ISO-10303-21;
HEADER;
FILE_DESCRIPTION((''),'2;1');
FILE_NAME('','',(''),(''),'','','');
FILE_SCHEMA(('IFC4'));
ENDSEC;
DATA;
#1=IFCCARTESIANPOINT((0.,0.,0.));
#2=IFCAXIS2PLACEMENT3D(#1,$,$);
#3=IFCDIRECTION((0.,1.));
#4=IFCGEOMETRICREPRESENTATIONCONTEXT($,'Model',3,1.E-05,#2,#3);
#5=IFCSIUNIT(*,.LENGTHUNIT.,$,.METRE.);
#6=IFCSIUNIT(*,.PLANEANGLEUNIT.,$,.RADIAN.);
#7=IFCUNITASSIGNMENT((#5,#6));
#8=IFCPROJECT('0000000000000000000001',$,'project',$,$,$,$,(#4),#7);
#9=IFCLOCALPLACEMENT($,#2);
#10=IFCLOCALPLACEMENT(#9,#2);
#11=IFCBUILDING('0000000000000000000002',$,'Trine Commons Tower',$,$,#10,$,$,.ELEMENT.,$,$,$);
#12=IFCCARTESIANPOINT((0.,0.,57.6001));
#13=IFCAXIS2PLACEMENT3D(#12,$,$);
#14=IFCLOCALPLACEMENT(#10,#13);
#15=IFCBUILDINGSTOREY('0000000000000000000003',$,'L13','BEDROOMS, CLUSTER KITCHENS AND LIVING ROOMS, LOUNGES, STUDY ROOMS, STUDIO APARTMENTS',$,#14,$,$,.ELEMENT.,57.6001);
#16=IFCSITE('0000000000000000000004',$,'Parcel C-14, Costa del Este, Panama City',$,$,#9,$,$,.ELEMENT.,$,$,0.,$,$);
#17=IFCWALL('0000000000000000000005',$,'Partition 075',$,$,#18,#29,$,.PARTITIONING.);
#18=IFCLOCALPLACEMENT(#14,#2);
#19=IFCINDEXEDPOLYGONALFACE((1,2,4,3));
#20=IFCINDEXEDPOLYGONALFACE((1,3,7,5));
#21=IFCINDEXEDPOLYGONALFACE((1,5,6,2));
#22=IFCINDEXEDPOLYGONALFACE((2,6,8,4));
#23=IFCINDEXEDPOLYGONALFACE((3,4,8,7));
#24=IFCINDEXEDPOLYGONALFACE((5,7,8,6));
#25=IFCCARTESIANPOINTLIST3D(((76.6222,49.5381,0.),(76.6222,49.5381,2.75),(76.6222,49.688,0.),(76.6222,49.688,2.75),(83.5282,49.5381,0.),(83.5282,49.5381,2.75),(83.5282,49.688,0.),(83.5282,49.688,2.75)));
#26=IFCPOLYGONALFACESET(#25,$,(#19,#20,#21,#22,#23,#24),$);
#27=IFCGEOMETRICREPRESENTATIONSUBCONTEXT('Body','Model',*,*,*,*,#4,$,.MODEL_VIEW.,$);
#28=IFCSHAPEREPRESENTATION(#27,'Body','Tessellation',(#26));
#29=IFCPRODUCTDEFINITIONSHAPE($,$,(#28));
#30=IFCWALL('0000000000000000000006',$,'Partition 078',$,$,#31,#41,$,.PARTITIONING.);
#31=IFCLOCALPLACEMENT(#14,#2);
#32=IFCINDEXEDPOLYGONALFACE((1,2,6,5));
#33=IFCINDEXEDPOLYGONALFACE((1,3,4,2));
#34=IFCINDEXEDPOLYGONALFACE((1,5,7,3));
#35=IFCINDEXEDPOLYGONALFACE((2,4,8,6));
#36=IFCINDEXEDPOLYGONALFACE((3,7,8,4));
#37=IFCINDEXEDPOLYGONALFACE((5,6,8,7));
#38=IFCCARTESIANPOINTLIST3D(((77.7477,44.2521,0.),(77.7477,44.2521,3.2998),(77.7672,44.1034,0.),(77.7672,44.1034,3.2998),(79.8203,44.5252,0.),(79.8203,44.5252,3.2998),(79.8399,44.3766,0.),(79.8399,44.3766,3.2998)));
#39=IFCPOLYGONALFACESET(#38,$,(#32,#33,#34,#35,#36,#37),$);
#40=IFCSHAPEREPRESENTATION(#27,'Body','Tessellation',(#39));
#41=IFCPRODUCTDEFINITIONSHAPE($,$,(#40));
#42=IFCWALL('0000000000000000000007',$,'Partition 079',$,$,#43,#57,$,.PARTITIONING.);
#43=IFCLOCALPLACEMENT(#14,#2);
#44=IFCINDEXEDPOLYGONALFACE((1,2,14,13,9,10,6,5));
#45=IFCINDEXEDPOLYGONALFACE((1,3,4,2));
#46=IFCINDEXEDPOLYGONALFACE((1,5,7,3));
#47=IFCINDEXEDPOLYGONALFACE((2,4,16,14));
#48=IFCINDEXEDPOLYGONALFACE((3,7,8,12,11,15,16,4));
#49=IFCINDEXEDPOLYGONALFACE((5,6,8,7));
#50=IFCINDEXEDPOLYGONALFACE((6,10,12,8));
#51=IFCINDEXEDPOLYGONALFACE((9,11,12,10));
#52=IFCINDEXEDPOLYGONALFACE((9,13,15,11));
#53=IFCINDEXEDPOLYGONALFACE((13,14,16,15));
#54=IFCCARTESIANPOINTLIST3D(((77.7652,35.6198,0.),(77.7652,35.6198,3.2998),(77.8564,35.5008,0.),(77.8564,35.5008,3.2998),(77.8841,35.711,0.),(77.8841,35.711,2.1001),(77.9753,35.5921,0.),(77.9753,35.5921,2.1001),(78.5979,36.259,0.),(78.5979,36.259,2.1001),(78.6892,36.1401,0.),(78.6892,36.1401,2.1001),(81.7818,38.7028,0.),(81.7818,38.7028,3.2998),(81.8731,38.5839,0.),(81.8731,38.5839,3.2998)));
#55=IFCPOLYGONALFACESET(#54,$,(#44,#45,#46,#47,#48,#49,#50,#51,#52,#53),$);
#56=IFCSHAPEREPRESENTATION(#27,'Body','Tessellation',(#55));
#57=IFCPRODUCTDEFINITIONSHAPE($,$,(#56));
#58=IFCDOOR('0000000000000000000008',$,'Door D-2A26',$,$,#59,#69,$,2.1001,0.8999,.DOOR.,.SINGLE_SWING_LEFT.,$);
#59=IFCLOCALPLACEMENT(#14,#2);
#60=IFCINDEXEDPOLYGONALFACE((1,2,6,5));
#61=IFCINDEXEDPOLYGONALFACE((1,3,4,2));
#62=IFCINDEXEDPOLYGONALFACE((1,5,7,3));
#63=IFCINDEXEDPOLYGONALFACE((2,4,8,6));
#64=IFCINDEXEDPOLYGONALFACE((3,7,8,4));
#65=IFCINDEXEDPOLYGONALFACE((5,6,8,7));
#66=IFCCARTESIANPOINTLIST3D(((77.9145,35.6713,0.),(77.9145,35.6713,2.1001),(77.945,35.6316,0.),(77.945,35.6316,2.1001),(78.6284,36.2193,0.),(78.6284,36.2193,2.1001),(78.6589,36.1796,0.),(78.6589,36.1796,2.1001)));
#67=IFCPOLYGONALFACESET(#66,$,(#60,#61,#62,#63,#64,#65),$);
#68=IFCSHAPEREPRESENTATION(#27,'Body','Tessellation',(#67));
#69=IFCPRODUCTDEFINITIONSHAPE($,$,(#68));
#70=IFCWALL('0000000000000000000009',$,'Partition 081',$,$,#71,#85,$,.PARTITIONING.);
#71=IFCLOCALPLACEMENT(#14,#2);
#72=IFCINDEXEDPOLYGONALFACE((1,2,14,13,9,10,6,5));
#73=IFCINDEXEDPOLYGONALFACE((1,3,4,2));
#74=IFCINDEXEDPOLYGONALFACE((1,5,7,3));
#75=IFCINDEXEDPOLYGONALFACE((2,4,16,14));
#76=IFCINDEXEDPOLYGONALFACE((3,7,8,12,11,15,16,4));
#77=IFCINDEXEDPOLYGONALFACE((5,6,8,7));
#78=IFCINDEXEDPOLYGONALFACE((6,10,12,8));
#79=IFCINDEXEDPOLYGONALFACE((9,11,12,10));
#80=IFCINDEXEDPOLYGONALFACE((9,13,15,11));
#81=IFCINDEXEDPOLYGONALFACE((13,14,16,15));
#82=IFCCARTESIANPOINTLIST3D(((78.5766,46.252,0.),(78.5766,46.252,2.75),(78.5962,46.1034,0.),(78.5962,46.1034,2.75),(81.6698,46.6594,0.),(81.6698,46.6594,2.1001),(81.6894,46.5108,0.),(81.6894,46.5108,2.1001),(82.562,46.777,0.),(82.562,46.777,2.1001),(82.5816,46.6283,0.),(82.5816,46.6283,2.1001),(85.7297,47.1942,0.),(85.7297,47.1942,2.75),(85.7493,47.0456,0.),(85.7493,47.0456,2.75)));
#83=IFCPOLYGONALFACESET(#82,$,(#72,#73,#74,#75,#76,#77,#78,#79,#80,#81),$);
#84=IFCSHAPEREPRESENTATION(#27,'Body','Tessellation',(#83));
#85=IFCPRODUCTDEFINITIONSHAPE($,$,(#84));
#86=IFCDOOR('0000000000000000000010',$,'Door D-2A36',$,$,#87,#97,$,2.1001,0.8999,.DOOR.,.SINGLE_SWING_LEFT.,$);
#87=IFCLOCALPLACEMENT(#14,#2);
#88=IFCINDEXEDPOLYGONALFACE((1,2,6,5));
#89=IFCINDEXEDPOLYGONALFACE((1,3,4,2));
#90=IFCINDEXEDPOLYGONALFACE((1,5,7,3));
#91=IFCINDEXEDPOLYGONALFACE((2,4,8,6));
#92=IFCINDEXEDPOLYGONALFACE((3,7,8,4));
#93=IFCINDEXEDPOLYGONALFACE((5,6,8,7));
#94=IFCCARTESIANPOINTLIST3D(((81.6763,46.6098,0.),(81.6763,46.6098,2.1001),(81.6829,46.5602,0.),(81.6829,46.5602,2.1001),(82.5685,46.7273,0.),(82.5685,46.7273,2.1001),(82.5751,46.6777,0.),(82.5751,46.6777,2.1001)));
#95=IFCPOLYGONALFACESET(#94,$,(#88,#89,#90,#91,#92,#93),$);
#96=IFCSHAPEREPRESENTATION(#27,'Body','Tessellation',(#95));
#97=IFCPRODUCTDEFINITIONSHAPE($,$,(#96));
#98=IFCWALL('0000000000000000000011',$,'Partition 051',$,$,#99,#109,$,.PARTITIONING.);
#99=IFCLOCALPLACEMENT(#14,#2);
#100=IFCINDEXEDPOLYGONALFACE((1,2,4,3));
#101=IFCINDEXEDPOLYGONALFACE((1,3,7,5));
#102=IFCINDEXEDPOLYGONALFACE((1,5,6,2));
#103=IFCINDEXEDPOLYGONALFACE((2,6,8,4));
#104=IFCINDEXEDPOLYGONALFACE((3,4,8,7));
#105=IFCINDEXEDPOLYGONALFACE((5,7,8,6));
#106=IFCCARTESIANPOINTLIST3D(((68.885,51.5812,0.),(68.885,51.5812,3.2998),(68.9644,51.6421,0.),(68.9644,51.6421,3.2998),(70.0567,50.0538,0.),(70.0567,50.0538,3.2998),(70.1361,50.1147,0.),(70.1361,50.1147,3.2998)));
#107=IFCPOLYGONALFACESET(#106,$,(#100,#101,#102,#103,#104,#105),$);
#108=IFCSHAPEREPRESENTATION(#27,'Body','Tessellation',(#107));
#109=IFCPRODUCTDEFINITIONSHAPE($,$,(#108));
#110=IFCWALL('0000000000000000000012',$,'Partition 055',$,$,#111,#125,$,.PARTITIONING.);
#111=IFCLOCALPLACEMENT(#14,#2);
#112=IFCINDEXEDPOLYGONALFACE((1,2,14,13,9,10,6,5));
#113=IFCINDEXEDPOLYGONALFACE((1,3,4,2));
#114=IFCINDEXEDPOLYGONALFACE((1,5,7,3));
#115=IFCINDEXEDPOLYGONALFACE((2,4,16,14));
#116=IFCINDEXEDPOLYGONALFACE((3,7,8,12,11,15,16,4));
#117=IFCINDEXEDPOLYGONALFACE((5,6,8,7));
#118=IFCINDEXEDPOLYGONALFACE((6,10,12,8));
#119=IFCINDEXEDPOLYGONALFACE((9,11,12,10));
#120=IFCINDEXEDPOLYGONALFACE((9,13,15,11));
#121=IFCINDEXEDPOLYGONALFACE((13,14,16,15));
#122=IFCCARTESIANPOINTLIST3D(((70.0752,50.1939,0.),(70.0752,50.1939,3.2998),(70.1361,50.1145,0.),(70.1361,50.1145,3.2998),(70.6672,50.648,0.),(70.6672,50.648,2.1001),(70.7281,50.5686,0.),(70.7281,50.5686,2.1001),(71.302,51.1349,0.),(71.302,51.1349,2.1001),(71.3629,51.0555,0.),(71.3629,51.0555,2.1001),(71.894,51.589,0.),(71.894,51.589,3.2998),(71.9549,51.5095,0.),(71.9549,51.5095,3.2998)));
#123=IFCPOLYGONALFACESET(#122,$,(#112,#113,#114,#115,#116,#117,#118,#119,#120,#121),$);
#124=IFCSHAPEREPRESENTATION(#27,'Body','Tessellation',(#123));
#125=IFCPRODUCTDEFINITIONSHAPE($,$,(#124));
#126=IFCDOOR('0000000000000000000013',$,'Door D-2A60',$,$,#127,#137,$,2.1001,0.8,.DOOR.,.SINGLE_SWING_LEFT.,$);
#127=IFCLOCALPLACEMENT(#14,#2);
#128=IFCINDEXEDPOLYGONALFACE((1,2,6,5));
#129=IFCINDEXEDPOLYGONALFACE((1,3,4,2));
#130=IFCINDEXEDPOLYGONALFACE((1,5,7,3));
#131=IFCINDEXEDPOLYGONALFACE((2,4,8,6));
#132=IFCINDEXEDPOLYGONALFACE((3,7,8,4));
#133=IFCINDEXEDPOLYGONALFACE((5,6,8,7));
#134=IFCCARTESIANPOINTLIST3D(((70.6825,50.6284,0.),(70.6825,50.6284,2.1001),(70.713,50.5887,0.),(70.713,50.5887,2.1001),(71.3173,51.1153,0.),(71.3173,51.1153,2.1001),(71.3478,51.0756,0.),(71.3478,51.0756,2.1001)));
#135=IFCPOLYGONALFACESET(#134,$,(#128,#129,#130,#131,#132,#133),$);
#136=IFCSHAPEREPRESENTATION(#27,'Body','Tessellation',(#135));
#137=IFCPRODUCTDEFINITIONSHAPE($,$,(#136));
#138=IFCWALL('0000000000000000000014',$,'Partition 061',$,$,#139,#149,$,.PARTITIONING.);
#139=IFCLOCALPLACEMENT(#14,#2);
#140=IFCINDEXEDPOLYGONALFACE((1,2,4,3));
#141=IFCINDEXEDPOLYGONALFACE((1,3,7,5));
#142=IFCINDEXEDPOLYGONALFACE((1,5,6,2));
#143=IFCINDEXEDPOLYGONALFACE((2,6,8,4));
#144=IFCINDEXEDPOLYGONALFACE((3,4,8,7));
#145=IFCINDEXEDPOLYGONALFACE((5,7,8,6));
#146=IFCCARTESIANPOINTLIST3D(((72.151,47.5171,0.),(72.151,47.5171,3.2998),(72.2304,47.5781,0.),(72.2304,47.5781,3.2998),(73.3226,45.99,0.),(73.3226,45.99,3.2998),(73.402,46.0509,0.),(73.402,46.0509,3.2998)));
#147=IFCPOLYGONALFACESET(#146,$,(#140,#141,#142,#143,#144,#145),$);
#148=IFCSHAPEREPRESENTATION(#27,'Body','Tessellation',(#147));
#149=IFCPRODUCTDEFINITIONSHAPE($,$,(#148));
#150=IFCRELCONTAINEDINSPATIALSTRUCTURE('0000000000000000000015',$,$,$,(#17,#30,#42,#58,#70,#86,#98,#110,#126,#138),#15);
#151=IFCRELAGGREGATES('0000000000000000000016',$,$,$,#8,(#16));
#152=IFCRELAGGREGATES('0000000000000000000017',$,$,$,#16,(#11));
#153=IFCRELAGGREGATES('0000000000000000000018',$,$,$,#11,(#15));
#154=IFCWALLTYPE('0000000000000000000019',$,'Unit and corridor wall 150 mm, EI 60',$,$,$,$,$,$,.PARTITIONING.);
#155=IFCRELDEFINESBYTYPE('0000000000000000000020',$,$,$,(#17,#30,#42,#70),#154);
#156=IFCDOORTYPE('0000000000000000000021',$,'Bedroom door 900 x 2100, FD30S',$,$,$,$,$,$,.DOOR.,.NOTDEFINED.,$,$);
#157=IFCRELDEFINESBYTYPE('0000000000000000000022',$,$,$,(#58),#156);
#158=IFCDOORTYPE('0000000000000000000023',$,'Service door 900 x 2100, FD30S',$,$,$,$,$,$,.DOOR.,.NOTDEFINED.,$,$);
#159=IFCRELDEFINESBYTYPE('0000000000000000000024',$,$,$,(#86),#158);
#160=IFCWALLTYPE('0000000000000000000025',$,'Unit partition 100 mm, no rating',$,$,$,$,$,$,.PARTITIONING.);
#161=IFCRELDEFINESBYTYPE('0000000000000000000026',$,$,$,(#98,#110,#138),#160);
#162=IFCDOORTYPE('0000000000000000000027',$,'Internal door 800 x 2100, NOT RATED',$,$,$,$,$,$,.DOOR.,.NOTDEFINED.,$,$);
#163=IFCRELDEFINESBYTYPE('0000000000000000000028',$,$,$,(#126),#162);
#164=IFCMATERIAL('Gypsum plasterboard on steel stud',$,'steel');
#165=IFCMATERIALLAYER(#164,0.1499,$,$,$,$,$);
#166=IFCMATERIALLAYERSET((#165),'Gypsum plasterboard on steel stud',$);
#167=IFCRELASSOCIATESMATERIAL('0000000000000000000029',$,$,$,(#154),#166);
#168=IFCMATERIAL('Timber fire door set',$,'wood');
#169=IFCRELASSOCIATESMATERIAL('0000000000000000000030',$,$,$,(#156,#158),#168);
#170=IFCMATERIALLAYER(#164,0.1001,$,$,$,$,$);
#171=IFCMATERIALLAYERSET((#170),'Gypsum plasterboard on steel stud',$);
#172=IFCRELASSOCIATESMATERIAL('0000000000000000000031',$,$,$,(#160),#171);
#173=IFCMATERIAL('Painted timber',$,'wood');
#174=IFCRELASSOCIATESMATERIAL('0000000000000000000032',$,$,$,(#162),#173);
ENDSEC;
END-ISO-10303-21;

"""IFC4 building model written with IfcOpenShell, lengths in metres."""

from ifc_helpers import new_model, si_unit, direction, frame, frame_2d, origin, place, context, subcontext, project, spatial, rectangle, extrude, material, layer, layer_set, type_object, element, fill, save


model = new_model("IFC4")

# Units and contexts
model_context = context("Model", 3, precision=1e-05, world=origin(), true_north=direction((0.0, 1.0)))
body_context = subcontext(model_context, "Body", "Model", "MODEL_VIEW")
ifc_project = project(units=[si_unit("LENGTHUNIT", "METRE"), si_unit("PLANEANGLEUNIT", "RADIAN")], contexts=[model_context])

# Site, building, storey
site_placement = place(None, origin())
site = spatial("IfcSite", under=ifc_project, at=site_placement, Name="Parcel C-14, Costa del Este, Panama City", CompositionType="ELEMENT", RefElevation=0.0)
building_placement = place(site_placement, origin())
building = spatial("IfcBuilding", under=site, at=building_placement, Name="Trine Commons Tower", CompositionType="ELEMENT")
storey_placement = place(building_placement, frame((0.0, 0.0, 57.6001)))
storey = spatial("IfcBuildingStorey", under=building, at=storey_placement, Name="L13", Description="BEDROOMS, CLUSTER KITCHENS AND LIVING ROOMS, LOUNGES, STUDY ROOMS, STUDIO APARTMENTS", CompositionType="ELEMENT", Elevation=57.6001)

# Walls
ifc_material_1 = material(Name="Gypsum plasterboard on steel stud", Category="steel")
ifc_layer_1 = layer(ifc_material_1, 0.1499)
ifc_layer_set_1 = layer_set([ifc_layer_1], Name="Gypsum plasterboard on steel stud")
wall_type_1 = type_object("IfcWallType", Name="Unit and corridor wall 150 mm, EI 60", PredefinedType="PARTITIONING", material=ifc_layer_set_1)
wall_1_placement = place(storey_placement, frame((76.6221, 49.613, 0.0), z_axis=(0.0, 0.0, 1.0), x_axis=(1.0, 0.0, 0.0)))
element("IfcWall", 1, at=wall_1_placement, inside=storey, type_object=wall_type_1, Name="Partition 075", PredefinedType="PARTITIONING", context=body_context, shape_type="SweptSolid", body=[
    extrude(rectangle(XDim=6.906, YDim=0.1499, at=frame_2d((3.4531, 0.0))), origin(), (0.0, 0.0, 1.0), 2.75),
])
wall_2_placement = place(storey_placement, frame((77.7573, 44.1777, 0.0), z_axis=(0.0, 0.0, 1.0), x_axis=(0.991426, 0.130672, 0.0)))
element("IfcWall", 2, at=wall_2_placement, inside=storey, type_object=wall_type_1, Name="Partition 078", PredefinedType="PARTITIONING", context=body_context, shape_type="SweptSolid", body=[
    extrude(rectangle(XDim=2.0906, YDim=0.1499, at=frame_2d((1.0454, 0.0))), origin(), (0.0, 0.0, 1.0), 3.2998),
])

# Walls, openings, doors
wall_3_placement = place(storey_placement, frame((77.8108, 35.5603, 0.0), z_axis=(0.0, 0.0, 1.0), x_axis=(0.793262, 0.608881, 0.0)))
wall_3 = element("IfcWall", 3, at=wall_3_placement, inside=storey, type_object=wall_type_1, Name="Partition 079", PredefinedType="PARTITIONING", context=body_context, shape_type="SweptSolid", body=[
    extrude(rectangle(XDim=5.0635, YDim=0.1499, at=frame_2d((2.5317, 0.0))), origin(), (0.0, 0.0, 1.0), 3.2998),
])
opening_1_placement = place(wall_3_placement, frame((0.1499, 0.0, 0.0)))
opening_1 = element("IfcOpeningElement", 4, at=opening_1_placement, cuts=wall_3, PredefinedType="OPENING", context=body_context, shape_type="SweptSolid", body=[
    extrude(rectangle(XDim=0.8999, YDim=2.1001, at=frame_2d((0.45, 1.05))), frame((0.0, 0.085, 0.0), z_axis=(0.0, -1.0, 0.0), x_axis=(1.0, 0.0, 0.0)), (0.0, 0.0, 1.0), 0.1699),
])
ifc_material_2 = material(Name="Timber fire door set", Category="wood")
door_type_1 = type_object("IfcDoorType", Name="Bedroom door 900 x 2100, FD30S", OperationType="NOTDEFINED", PredefinedType="DOOR", material=ifc_material_2)
door_1_placement = place(opening_1_placement, origin())
door_1 = element("IfcDoor", 5, at=door_1_placement, inside=storey, type_object=door_type_1, Name="Door D-2A26", OperationType="SINGLE_SWING_LEFT", OverallHeight=2.1001, OverallWidth=0.8999, PredefinedType="DOOR", context=body_context, shape_type="SweptSolid", body=[
    extrude(rectangle(XDim=0.8999, YDim=2.1001, at=frame_2d((0.45, 1.05))), frame((0.0, 0.0249, 0.0), z_axis=(0.0, -1.0, 0.0), x_axis=(1.0, 0.0, 0.0)), (0.0, 0.0, 1.0), 0.05),
])
fill(opening_1, door_1)
wall_4_placement = place(storey_placement, frame((78.5864, 46.1777, 0.0), z_axis=(0.0, 0.0, 1.0), x_axis=(0.991437, 0.130583, 0.0)))
wall_4 = element("IfcWall", 6, at=wall_4_placement, inside=storey, type_object=wall_type_1, Name="Partition 081", PredefinedType="PARTITIONING", context=body_context, shape_type="SweptSolid", body=[
    extrude(rectangle(XDim=7.2148, YDim=0.1499, at=frame_2d((3.6074, 0.0))), origin(), (0.0, 0.0, 1.0), 2.75),
])
opening_2_placement = place(wall_4_placement, frame((3.1199, 0.0, 0.0)))
opening_2 = element("IfcOpeningElement", 7, at=opening_2_placement, cuts=wall_4, PredefinedType="OPENING", context=body_context, shape_type="SweptSolid", body=[
    extrude(rectangle(XDim=0.8999, YDim=2.1001, at=frame_2d((0.45, 1.05))), frame((0.0, 0.085, 0.0), z_axis=(0.0, -1.0, 0.0), x_axis=(1.0, 0.0, 0.0)), (0.0, 0.0, 1.0), 0.1699),
])
door_type_2 = type_object("IfcDoorType", Name="Service door 900 x 2100, FD30S", OperationType="NOTDEFINED", PredefinedType="DOOR", material=ifc_material_2)
door_2_placement = place(opening_2_placement, origin())
door_2 = element("IfcDoor", 8, at=door_2_placement, inside=storey, type_object=door_type_2, Name="Door D-2A36", OperationType="SINGLE_SWING_LEFT", OverallHeight=2.1001, OverallWidth=0.8999, PredefinedType="DOOR", context=body_context, shape_type="SweptSolid", body=[
    extrude(rectangle(XDim=0.8999, YDim=2.1001, at=frame_2d((0.45, 1.05))), frame((0.0, 0.0249, 0.0), z_axis=(0.0, -1.0, 0.0), x_axis=(1.0, 0.0, 0.0)), (0.0, 0.0, 1.0), 0.05),
])
fill(opening_2, door_2)

# Wall
ifc_layer_2 = layer(ifc_material_1, 0.1001)
ifc_layer_set_2 = layer_set([ifc_layer_2], Name="Gypsum plasterboard on steel stud")
wall_type_2 = type_object("IfcWallType", Name="Unit partition 100 mm, no rating", PredefinedType="PARTITIONING", material=ifc_layer_set_2)
wall_5_placement = place(storey_placement, frame((68.9248, 51.6116, 0.0), z_axis=(0.0, 0.0, 1.0), x_axis=(0.60865, -0.793439, 0.0)))
element("IfcWall", 9, at=wall_5_placement, inside=storey, type_object=wall_type_2, Name="Partition 051", PredefinedType="PARTITIONING", context=body_context, shape_type="SweptSolid", body=[
    extrude(rectangle(XDim=1.925, YDim=0.1001, at=frame_2d((0.9624, 0.0))), origin(), (0.0, 0.0, 1.0), 3.2998),
])

# Wall, opening, door
wall_6_placement = place(storey_placement, frame((70.1057, 50.1543, 0.0), z_axis=(0.0, 0.0, 1.0), x_axis=(0.793486, 0.608588, 0.0)))
wall_6 = element("IfcWall", 10, at=wall_6_placement, inside=storey, type_object=wall_type_2, Name="Partition 055", PredefinedType="PARTITIONING", context=body_context, shape_type="SweptSolid", body=[
    extrude(rectangle(XDim=2.2922, YDim=0.1001, at=frame_2d((1.146, 0.0))), origin(), (0.0, 0.0, 1.0), 3.2998),
])
opening_3_placement = place(wall_6_placement, frame((0.7461, 0.0, 0.0)))
opening_3 = element("IfcOpeningElement", 11, at=opening_3_placement, cuts=wall_6, PredefinedType="OPENING", context=body_context, shape_type="SweptSolid", body=[
    extrude(rectangle(XDim=0.8, YDim=2.1001, at=frame_2d((0.3999, 1.05))), frame((0.0, 0.0601, 0.0), z_axis=(0.0, -1.0, 0.0), x_axis=(1.0, 0.0, 0.0)), (0.0, 0.0, 1.0), 0.1201),
])
ifc_material_3 = material(Name="Painted timber", Category="wood")
door_type_3 = type_object("IfcDoorType", Name="Internal door 800 x 2100, NOT RATED", OperationType="NOTDEFINED", PredefinedType="DOOR", material=ifc_material_3)
door_3_placement = place(opening_3_placement, frame((0.8, 0.0, 0.0), z_axis=(0.0, 0.0, 1.0), x_axis=(-1.0, 0.0, 0.0)))
door_3 = element("IfcDoor", 12, at=door_3_placement, inside=storey, type_object=door_type_3, Name="Door D-2A60", OperationType="SINGLE_SWING_LEFT", OverallHeight=2.1001, OverallWidth=0.8, PredefinedType="DOOR", context=body_context, shape_type="SweptSolid", body=[
    extrude(rectangle(XDim=0.8, YDim=2.1001, at=frame_2d((0.3999, 1.05))), frame((0.0, 0.0249, 0.0), z_axis=(0.0, -1.0, 0.0), x_axis=(1.0, 0.0, 0.0)), (0.0, 0.0, 1.0), 0.05),
])
fill(opening_3, door_3)

# Wall
wall_7_placement = place(storey_placement, frame((72.1907, 47.5476, 0.0), z_axis=(0.0, 0.0, 1.0), x_axis=(0.608711, -0.793392, 0.0)))
element("IfcWall", 13, at=wall_7_placement, inside=storey, type_object=wall_type_2, Name="Partition 061", PredefinedType="PARTITIONING", context=body_context, shape_type="SweptSolid", body=[
    extrude(rectangle(XDim=1.9248, YDim=0.1001, at=frame_2d((0.9624, 0.0))), origin(), (0.0, 0.0, 1.0), 3.2998),
])

save(model, "model.ifc")
